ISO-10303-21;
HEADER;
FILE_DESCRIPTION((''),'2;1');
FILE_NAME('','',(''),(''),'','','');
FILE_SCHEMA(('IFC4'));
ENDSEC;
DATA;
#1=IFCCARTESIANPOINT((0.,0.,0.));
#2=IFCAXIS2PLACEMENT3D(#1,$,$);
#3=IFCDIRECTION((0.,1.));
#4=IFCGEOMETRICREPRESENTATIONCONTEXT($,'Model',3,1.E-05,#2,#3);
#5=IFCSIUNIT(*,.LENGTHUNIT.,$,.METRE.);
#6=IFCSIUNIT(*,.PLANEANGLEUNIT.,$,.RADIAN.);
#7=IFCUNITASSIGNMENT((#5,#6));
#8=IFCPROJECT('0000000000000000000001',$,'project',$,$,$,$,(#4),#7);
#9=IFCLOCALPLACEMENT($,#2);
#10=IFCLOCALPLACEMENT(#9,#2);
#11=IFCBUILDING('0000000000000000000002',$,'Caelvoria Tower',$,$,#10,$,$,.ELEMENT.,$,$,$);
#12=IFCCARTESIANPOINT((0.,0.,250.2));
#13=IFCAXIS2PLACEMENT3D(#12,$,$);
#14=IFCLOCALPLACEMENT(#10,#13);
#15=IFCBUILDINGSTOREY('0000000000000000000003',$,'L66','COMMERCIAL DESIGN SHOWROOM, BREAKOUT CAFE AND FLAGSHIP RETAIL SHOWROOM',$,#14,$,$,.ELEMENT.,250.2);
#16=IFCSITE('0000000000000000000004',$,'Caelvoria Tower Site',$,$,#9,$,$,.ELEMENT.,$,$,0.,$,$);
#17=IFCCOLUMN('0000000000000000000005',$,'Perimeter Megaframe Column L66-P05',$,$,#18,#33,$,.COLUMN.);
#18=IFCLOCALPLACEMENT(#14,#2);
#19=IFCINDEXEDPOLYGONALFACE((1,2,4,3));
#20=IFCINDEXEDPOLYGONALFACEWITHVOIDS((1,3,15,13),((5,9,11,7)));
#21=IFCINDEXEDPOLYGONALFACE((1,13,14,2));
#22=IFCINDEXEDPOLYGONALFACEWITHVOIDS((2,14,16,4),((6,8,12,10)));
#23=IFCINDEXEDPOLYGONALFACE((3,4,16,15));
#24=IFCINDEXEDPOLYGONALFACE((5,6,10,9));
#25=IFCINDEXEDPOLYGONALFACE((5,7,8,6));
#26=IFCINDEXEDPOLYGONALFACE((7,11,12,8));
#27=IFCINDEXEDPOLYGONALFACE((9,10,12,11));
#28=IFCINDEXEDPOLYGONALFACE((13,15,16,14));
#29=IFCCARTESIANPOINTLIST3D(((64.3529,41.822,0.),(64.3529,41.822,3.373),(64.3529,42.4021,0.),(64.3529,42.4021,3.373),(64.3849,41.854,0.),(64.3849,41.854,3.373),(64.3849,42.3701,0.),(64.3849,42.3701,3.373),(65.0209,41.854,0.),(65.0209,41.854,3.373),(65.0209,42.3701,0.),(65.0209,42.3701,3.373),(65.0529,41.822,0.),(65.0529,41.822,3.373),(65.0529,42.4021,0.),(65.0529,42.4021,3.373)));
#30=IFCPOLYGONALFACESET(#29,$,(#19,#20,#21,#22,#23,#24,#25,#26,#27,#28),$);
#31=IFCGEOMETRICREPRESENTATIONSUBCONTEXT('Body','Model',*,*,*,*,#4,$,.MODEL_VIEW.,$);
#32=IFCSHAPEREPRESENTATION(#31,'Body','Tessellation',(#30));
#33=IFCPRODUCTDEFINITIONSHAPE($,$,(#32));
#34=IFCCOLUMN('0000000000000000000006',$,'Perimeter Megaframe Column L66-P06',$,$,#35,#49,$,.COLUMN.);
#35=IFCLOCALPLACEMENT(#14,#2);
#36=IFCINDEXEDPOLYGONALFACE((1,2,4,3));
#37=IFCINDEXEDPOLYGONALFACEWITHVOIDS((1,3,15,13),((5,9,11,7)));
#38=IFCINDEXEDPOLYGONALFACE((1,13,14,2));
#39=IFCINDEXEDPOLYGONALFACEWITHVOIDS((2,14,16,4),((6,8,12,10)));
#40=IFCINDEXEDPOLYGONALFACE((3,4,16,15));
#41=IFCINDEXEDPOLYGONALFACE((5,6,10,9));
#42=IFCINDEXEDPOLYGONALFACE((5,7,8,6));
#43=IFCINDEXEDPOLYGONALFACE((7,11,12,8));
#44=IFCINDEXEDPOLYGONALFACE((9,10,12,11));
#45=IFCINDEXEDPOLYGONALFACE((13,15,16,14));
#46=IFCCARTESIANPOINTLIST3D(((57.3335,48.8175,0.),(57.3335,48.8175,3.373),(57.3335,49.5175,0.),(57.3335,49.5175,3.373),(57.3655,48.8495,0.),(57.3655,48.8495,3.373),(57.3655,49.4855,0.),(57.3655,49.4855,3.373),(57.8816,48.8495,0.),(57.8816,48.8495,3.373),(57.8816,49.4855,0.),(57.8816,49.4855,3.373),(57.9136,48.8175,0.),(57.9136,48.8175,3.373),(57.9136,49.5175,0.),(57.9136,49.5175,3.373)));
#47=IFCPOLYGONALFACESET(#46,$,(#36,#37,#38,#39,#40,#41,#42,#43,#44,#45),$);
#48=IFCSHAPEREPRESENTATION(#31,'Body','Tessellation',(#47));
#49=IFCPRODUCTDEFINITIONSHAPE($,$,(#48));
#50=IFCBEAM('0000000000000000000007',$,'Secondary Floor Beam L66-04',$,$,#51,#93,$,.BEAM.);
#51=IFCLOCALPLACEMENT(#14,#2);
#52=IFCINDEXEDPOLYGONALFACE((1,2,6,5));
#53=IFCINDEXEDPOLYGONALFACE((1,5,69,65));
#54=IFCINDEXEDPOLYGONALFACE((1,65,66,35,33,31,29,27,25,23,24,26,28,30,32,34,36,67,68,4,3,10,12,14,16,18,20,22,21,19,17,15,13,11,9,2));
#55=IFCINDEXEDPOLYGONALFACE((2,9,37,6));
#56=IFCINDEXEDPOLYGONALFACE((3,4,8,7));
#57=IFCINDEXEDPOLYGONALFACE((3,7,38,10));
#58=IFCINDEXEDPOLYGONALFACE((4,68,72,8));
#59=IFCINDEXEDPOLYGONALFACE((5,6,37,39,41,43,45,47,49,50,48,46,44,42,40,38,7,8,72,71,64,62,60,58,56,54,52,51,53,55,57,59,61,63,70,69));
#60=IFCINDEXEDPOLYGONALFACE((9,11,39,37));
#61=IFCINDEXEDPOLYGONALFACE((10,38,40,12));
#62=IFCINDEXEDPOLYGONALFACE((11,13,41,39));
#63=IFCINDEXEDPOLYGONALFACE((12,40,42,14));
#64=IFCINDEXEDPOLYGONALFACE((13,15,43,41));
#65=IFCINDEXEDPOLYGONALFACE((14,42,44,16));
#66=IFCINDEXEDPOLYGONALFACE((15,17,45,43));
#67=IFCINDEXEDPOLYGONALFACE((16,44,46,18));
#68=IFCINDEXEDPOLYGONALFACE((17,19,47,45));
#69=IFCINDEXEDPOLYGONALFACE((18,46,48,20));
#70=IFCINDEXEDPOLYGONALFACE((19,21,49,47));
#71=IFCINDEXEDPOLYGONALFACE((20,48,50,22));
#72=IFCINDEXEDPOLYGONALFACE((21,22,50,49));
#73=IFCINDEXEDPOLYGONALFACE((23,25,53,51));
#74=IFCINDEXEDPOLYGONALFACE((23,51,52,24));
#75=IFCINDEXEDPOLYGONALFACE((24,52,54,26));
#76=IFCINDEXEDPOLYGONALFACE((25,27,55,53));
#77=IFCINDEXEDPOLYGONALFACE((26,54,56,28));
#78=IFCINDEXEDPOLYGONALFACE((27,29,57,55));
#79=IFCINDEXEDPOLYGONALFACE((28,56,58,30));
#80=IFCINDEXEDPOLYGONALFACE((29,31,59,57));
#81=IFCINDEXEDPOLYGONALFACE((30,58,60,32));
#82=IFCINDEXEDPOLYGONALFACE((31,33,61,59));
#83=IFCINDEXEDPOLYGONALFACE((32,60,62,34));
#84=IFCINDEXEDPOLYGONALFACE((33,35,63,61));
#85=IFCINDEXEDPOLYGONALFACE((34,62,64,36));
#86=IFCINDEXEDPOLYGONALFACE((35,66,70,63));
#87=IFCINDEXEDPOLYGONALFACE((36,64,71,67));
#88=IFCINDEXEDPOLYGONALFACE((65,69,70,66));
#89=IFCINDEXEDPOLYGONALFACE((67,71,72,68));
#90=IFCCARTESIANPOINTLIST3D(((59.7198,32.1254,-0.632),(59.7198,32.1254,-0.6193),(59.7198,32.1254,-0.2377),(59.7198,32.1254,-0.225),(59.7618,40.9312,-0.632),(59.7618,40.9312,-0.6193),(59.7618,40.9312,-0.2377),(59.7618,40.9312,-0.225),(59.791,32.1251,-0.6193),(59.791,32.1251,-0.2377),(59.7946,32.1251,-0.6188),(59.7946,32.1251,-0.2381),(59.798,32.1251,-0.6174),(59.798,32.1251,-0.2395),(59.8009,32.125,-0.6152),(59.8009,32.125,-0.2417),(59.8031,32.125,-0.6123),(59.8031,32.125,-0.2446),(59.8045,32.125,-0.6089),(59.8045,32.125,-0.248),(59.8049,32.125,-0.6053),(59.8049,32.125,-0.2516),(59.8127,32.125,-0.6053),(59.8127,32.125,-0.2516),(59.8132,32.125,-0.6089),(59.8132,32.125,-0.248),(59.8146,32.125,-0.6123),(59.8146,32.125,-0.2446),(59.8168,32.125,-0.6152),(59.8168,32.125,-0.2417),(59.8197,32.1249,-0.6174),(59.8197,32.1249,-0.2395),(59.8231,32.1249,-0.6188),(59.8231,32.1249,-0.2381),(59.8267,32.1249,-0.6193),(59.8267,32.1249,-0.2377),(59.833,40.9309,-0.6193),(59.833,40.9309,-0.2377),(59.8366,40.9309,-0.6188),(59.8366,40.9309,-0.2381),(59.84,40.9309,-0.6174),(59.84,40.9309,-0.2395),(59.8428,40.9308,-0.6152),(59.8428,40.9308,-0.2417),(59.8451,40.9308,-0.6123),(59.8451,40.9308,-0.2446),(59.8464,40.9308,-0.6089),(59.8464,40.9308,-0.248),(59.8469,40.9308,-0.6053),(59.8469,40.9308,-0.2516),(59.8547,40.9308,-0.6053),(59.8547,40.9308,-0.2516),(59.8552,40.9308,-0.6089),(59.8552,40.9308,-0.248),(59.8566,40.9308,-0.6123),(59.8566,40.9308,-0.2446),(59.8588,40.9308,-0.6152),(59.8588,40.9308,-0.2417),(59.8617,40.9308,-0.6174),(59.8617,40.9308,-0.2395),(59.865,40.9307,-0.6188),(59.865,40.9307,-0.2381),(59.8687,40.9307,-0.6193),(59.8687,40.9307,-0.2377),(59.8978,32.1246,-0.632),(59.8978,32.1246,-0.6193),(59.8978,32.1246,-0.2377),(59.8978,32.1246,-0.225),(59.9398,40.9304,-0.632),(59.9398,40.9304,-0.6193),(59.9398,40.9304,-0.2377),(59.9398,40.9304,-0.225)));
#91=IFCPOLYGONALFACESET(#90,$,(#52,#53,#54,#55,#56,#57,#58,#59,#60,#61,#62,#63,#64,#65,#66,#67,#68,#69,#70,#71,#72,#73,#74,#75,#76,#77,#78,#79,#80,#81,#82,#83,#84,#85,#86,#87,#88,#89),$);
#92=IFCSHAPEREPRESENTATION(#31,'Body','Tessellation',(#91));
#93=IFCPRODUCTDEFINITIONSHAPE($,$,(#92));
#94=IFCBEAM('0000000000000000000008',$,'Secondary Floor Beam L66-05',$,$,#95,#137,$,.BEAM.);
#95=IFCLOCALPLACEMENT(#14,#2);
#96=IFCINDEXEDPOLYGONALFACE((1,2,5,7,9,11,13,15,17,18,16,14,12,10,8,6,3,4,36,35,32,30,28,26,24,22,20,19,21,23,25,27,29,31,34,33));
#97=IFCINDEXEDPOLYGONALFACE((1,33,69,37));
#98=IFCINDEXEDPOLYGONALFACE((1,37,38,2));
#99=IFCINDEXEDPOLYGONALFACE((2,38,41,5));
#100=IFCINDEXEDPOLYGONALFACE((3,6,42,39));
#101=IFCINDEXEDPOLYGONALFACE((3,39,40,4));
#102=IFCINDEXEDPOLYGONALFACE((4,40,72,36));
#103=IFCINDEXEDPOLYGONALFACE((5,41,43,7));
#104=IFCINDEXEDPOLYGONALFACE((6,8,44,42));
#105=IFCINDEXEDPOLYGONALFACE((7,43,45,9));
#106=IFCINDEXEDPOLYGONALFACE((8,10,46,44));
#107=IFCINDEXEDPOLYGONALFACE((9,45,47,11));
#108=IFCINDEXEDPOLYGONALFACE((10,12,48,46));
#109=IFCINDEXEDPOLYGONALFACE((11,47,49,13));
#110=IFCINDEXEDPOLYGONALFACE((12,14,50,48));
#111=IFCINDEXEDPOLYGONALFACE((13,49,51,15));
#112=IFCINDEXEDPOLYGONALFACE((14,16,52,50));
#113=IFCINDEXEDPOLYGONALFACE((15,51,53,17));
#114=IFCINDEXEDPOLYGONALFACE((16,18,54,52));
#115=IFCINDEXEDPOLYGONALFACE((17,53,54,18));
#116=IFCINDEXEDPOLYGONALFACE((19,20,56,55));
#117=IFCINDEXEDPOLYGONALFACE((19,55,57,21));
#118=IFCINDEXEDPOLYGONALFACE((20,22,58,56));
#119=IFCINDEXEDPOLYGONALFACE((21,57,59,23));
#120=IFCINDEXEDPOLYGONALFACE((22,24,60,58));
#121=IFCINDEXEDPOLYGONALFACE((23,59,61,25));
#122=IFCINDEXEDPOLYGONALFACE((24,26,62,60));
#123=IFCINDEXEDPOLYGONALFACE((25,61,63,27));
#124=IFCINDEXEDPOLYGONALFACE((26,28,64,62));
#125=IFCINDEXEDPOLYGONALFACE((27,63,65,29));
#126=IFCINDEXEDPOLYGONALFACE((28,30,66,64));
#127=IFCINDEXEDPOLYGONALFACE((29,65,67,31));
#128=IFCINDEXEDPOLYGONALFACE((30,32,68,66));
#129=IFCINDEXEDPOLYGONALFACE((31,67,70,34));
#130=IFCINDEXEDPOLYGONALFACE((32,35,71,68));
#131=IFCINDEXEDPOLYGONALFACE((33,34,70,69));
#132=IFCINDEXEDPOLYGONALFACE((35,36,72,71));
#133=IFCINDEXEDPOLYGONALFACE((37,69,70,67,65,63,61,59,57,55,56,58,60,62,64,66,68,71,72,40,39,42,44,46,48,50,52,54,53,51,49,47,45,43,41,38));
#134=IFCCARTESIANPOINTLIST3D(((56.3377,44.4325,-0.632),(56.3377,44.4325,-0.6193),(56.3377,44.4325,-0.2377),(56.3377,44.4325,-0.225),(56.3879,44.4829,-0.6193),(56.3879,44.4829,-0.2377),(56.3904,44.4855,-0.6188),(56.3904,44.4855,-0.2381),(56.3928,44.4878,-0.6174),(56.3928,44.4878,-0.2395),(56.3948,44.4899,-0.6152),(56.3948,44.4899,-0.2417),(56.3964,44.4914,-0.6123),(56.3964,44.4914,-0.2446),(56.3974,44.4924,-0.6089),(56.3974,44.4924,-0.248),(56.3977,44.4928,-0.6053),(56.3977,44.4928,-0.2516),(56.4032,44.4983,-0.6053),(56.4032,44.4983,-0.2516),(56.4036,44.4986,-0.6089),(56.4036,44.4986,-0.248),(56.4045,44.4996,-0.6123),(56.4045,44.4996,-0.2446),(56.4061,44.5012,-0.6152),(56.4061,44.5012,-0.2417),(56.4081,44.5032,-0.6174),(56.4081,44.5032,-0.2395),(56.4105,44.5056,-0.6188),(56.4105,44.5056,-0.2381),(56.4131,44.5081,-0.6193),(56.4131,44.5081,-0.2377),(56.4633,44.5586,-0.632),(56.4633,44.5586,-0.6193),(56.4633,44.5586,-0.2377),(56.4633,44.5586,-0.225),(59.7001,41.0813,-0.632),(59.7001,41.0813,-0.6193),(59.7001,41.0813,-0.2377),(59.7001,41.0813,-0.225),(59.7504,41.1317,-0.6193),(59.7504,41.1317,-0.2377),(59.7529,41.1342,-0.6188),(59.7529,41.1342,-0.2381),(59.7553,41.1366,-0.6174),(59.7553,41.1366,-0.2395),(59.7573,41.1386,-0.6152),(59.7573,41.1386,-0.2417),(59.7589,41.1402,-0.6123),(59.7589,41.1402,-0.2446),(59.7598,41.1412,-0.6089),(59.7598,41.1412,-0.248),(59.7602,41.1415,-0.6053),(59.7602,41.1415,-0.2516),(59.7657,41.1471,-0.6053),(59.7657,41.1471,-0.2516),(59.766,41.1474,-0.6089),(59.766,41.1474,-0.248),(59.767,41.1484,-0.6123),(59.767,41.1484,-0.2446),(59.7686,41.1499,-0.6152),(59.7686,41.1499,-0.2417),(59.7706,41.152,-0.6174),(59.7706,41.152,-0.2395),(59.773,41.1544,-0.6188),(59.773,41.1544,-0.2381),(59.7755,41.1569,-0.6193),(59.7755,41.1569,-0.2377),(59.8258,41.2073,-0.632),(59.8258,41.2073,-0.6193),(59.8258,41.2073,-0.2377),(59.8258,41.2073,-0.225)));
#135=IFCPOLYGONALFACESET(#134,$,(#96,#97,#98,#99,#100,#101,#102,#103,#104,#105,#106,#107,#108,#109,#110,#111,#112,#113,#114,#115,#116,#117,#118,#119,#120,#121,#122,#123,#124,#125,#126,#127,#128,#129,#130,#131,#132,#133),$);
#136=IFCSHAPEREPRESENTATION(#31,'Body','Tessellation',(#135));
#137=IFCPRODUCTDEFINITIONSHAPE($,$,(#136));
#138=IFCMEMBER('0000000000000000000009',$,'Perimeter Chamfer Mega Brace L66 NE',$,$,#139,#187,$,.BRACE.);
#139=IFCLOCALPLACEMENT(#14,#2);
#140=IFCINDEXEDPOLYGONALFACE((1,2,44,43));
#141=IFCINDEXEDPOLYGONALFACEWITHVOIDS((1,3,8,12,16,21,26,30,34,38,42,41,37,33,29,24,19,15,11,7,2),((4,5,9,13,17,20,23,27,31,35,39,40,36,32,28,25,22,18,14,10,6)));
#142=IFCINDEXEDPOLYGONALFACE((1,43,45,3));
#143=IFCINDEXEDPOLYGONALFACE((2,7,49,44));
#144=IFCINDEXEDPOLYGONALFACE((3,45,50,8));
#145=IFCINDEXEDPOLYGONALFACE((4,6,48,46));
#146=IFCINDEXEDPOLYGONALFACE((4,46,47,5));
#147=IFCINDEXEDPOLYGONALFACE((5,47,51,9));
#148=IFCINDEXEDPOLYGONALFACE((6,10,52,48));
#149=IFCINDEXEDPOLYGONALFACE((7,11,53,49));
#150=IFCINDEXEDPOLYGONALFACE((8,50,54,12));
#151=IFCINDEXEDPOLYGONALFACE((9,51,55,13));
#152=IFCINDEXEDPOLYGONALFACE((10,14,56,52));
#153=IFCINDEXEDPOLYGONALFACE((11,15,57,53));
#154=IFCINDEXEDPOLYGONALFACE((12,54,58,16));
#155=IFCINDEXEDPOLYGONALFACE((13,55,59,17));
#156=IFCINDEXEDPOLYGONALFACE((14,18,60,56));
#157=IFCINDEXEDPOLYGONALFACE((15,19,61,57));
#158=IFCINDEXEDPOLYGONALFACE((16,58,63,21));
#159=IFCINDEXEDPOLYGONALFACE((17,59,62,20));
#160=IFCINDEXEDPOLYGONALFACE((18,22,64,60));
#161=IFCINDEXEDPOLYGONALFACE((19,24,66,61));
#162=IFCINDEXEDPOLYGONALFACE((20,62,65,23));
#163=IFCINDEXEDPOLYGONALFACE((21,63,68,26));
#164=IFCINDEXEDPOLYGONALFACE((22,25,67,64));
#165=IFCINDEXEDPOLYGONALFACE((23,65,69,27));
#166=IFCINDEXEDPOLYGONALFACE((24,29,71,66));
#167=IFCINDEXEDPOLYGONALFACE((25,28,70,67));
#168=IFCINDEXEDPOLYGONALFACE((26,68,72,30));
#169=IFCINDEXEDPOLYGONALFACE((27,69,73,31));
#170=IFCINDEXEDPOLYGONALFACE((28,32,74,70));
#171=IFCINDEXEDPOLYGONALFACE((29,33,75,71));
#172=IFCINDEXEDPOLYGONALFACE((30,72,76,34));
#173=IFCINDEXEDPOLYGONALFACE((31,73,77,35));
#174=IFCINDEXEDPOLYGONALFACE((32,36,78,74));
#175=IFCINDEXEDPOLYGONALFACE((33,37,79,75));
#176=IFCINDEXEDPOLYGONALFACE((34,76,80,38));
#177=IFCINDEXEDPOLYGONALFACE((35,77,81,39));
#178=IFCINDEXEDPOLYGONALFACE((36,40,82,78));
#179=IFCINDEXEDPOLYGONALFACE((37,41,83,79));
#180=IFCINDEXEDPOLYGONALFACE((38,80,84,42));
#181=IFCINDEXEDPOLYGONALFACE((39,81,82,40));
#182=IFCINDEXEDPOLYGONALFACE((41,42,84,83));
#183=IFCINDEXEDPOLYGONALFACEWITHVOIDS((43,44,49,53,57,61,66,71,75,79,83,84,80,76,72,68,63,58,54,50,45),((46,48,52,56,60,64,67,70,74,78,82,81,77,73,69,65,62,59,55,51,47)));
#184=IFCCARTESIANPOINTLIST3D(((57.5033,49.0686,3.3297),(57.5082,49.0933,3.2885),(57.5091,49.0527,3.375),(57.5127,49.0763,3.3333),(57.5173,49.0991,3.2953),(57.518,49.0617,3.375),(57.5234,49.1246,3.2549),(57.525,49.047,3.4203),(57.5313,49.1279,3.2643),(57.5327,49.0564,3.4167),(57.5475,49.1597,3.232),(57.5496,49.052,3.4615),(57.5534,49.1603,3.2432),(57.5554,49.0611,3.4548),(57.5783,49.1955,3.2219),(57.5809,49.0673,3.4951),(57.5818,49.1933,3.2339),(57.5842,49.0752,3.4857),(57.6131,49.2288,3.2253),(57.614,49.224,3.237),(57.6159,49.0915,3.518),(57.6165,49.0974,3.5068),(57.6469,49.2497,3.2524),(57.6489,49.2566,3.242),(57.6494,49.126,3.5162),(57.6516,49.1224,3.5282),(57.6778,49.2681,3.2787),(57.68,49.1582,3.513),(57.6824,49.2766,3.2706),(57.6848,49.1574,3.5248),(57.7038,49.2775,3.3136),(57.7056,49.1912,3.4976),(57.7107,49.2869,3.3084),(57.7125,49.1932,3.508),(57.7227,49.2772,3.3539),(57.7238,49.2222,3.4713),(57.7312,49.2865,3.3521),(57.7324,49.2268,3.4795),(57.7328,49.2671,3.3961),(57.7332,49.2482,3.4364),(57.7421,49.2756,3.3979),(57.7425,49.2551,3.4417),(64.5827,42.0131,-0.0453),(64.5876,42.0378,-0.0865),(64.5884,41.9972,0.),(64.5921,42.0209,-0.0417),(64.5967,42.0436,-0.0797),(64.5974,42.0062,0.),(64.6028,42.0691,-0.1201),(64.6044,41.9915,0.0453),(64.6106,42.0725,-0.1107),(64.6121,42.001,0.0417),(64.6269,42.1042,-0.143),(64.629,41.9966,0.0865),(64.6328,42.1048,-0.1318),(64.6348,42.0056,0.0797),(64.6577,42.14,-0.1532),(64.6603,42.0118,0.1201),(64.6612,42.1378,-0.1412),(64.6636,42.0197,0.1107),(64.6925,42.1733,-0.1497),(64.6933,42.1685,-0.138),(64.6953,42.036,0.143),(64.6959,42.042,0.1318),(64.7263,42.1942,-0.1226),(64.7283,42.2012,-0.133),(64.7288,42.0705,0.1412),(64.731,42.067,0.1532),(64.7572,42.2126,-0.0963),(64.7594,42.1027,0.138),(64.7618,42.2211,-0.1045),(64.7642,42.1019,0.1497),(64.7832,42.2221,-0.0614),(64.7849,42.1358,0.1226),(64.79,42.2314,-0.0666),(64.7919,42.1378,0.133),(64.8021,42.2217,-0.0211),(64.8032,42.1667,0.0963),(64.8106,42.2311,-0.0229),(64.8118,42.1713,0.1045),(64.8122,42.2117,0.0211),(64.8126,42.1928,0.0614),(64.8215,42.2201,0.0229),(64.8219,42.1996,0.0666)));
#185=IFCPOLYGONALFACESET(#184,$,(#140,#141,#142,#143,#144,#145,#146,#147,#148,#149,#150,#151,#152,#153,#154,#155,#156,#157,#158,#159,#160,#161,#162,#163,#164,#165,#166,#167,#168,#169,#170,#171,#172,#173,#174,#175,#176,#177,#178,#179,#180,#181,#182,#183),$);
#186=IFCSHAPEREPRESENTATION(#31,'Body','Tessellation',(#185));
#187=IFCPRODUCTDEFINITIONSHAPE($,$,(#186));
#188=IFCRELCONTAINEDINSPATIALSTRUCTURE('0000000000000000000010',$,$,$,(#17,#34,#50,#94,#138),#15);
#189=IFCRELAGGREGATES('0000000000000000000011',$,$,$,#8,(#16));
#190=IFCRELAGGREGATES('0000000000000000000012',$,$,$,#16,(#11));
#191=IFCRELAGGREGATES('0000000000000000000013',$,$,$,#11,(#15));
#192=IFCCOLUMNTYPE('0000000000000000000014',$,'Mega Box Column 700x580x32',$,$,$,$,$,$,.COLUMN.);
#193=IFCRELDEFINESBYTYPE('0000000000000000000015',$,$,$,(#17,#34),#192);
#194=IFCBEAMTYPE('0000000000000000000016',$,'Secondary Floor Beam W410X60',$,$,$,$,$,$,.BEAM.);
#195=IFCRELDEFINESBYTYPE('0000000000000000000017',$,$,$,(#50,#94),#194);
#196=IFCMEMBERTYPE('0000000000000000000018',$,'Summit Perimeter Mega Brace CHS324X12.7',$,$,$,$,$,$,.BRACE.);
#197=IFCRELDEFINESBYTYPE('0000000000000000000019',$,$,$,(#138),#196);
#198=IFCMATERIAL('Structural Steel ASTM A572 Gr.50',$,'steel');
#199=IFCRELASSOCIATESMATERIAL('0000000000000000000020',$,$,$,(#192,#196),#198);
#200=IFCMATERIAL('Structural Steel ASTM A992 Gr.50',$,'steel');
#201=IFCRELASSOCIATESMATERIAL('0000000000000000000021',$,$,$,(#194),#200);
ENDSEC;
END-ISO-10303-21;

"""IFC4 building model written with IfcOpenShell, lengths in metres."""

from ifc_helpers import new_model, si_unit, direction, frame, origin, origin_2d, place, context, subcontext, project, spatial, hollow_rectangle, hollow_circle, i_section, extrude, material, material_profile, profile_set, type_object, element, save


model = new_model("IFC4")

# Units and contexts
model_context = context("Model", 3, precision=1e-05, world=origin(), true_north=direction((0.0, 1.0)))
body_context = subcontext(model_context, "Body", "Model", "MODEL_VIEW")
ifc_project = project(units=[si_unit("LENGTHUNIT", "METRE"), si_unit("PLANEANGLEUNIT", "RADIAN")], contexts=[model_context])

# Site, building, storey
site_placement = place(None, origin())
site = spatial("IfcSite", under=ifc_project, at=site_placement, Name="Caelvoria Tower Site", CompositionType="ELEMENT", RefElevation=0.0)
building_placement = place(site_placement, origin())
building = spatial("IfcBuilding", under=site, at=building_placement, Name="Caelvoria Tower", CompositionType="ELEMENT")
storey_placement = place(building_placement, frame((0.0, 0.0, 250.2)))
storey = spatial("IfcBuildingStorey", under=building, at=storey_placement, Name="L66", Description="COMMERCIAL DESIGN SHOWROOM, BREAKOUT CAFE AND FLAGSHIP RETAIL SHOWROOM", CompositionType="ELEMENT", Elevation=250.2)

# Columns
ifc_material_1 = material(Name="Structural Steel ASTM A572 Gr.50", Category="steel")
ifc_material_profile_1 = material_profile(ifc_material_1, hollow_rectangle(XDim=0.5801, YDim=0.7, WallThickness=0.032, at=origin_2d()), Name="Structural Steel ASTM A572 Gr.50")
ifc_profile_set_1 = profile_set([ifc_material_profile_1], Name="BOX700X580X32 - Structural Steel ASTM A572 Gr.50")
column_type = type_object("IfcColumnType", Name="Mega Box Column 700x580x32", PredefinedType="COLUMN", material=ifc_profile_set_1)
for number, where, z_axis, x_axis, name in (
    (1, (64.7029, 42.1121, 0.0), (0.0, 0.0, 1.0), (0.0, 1.0, 0.0), "Perimeter Megaframe Column L66-P05"),
    (2, (57.6235, 49.1675, 0.0), (0.0, 0.0, 1.0), (1.0, 0.0, 0.0), "Perimeter Megaframe Column L66-P06"),
):
    element("IfcColumn", number, at=place(storey_placement, frame(where, z_axis=z_axis, x_axis=x_axis)), inside=storey, type_object=column_type, Name=name, PredefinedType="COLUMN", context=body_context, shape_type="SweptSolid", body=[
        extrude(hollow_rectangle(XDim=0.5801, YDim=0.7, WallThickness=0.032, at=origin_2d()), origin(), (0.0, 0.0, 1.0), 3.373),
    ])

# Beams
ifc_material_2 = material(Name="Structural Steel ASTM A992 Gr.50", Category="steel")
ifc_material_profile_2 = material_profile(ifc_material_2, i_section(OverallWidth=0.178, OverallDepth=0.407, WebThickness=0.0078, FlangeThickness=0.0127, FilletRadius=0.0139, at=origin_2d()), Name="Structural Steel ASTM A992 Gr.50")
ifc_profile_set_2 = profile_set([ifc_material_profile_2], Name="W410X60 - Structural Steel ASTM A992 Gr.50")
beam_type_1 = type_object("IfcBeamType", Name="Secondary Floor Beam W410X60", PredefinedType="BEAM", material=ifc_profile_set_2)
beam_1_placement = place(storey_placement, frame((59.8088, 32.125, -0.4285), z_axis=(0.004769, 0.999989, 0.0), x_axis=(-0.999989, 0.004769, 0.0)))
element("IfcBeam", 3, at=beam_1_placement, inside=storey, type_object=beam_type_1, Name="Secondary Floor Beam L66-04", PredefinedType="BEAM", context=body_context, shape_type="SweptSolid", body=[
    extrude(i_section(OverallWidth=0.178, OverallDepth=0.407, WebThickness=0.0078, FlangeThickness=0.0127, FilletRadius=0.0139, at=origin_2d()), origin(), (0.0, 0.0, 1.0), 8.8059),
])
beam_2_placement = place(storey_placement, frame((59.7629, 41.1443, -0.4285), z_axis=(-0.708289, 0.705923, 0.0), x_axis=(-0.705923, -0.708289, 0.0)))
element("IfcBeam", 4, at=beam_2_placement, inside=storey, type_object=beam_type_1, Name="Secondary Floor Beam L66-05", PredefinedType="BEAM", context=body_context, shape_type="SweptSolid", body=[
    extrude(i_section(OverallWidth=0.178, OverallDepth=0.407, WebThickness=0.0078, FlangeThickness=0.0127, FilletRadius=0.0139, at=origin_2d()), origin(), (0.0, 0.0, 1.0), 4.7473),
])

# Member
ifc_material_profile_3 = material_profile(ifc_material_1, hollow_circle(Radius=0.1621, WallThickness=0.0127, at=origin_2d()), Name="Structural Steel ASTM A572 Gr.50")
ifc_profile_set_3 = profile_set([ifc_material_profile_3], Name="CHS324X12.7 - Structural Steel ASTM A572 Gr.50")
member_type = type_object("IfcMemberType", Name="Summit Perimeter Mega Brace CHS324X12.7", PredefinedType="BRACE", material=ifc_profile_set_3)
member_1_placement = place(storey_placement, frame((64.7029, 42.1121, 0.0), z_axis=(-0.671076, 0.668808, 0.319928), x_axis=(-0.705909, -0.708303, 0.0)))
element("IfcMember", 5, at=member_1_placement, inside=storey, type_object=member_type, Name="Perimeter Chamfer Mega Brace L66 NE", PredefinedType="BRACE", context=body_context, shape_type="SweptSolid", body=[
    extrude(hollow_circle(Radius=0.1621, WallThickness=0.0127, at=origin_2d()), origin(), (0.0, 0.0, 1.0), 10.5493),
])

save(model, "model.ifc")
